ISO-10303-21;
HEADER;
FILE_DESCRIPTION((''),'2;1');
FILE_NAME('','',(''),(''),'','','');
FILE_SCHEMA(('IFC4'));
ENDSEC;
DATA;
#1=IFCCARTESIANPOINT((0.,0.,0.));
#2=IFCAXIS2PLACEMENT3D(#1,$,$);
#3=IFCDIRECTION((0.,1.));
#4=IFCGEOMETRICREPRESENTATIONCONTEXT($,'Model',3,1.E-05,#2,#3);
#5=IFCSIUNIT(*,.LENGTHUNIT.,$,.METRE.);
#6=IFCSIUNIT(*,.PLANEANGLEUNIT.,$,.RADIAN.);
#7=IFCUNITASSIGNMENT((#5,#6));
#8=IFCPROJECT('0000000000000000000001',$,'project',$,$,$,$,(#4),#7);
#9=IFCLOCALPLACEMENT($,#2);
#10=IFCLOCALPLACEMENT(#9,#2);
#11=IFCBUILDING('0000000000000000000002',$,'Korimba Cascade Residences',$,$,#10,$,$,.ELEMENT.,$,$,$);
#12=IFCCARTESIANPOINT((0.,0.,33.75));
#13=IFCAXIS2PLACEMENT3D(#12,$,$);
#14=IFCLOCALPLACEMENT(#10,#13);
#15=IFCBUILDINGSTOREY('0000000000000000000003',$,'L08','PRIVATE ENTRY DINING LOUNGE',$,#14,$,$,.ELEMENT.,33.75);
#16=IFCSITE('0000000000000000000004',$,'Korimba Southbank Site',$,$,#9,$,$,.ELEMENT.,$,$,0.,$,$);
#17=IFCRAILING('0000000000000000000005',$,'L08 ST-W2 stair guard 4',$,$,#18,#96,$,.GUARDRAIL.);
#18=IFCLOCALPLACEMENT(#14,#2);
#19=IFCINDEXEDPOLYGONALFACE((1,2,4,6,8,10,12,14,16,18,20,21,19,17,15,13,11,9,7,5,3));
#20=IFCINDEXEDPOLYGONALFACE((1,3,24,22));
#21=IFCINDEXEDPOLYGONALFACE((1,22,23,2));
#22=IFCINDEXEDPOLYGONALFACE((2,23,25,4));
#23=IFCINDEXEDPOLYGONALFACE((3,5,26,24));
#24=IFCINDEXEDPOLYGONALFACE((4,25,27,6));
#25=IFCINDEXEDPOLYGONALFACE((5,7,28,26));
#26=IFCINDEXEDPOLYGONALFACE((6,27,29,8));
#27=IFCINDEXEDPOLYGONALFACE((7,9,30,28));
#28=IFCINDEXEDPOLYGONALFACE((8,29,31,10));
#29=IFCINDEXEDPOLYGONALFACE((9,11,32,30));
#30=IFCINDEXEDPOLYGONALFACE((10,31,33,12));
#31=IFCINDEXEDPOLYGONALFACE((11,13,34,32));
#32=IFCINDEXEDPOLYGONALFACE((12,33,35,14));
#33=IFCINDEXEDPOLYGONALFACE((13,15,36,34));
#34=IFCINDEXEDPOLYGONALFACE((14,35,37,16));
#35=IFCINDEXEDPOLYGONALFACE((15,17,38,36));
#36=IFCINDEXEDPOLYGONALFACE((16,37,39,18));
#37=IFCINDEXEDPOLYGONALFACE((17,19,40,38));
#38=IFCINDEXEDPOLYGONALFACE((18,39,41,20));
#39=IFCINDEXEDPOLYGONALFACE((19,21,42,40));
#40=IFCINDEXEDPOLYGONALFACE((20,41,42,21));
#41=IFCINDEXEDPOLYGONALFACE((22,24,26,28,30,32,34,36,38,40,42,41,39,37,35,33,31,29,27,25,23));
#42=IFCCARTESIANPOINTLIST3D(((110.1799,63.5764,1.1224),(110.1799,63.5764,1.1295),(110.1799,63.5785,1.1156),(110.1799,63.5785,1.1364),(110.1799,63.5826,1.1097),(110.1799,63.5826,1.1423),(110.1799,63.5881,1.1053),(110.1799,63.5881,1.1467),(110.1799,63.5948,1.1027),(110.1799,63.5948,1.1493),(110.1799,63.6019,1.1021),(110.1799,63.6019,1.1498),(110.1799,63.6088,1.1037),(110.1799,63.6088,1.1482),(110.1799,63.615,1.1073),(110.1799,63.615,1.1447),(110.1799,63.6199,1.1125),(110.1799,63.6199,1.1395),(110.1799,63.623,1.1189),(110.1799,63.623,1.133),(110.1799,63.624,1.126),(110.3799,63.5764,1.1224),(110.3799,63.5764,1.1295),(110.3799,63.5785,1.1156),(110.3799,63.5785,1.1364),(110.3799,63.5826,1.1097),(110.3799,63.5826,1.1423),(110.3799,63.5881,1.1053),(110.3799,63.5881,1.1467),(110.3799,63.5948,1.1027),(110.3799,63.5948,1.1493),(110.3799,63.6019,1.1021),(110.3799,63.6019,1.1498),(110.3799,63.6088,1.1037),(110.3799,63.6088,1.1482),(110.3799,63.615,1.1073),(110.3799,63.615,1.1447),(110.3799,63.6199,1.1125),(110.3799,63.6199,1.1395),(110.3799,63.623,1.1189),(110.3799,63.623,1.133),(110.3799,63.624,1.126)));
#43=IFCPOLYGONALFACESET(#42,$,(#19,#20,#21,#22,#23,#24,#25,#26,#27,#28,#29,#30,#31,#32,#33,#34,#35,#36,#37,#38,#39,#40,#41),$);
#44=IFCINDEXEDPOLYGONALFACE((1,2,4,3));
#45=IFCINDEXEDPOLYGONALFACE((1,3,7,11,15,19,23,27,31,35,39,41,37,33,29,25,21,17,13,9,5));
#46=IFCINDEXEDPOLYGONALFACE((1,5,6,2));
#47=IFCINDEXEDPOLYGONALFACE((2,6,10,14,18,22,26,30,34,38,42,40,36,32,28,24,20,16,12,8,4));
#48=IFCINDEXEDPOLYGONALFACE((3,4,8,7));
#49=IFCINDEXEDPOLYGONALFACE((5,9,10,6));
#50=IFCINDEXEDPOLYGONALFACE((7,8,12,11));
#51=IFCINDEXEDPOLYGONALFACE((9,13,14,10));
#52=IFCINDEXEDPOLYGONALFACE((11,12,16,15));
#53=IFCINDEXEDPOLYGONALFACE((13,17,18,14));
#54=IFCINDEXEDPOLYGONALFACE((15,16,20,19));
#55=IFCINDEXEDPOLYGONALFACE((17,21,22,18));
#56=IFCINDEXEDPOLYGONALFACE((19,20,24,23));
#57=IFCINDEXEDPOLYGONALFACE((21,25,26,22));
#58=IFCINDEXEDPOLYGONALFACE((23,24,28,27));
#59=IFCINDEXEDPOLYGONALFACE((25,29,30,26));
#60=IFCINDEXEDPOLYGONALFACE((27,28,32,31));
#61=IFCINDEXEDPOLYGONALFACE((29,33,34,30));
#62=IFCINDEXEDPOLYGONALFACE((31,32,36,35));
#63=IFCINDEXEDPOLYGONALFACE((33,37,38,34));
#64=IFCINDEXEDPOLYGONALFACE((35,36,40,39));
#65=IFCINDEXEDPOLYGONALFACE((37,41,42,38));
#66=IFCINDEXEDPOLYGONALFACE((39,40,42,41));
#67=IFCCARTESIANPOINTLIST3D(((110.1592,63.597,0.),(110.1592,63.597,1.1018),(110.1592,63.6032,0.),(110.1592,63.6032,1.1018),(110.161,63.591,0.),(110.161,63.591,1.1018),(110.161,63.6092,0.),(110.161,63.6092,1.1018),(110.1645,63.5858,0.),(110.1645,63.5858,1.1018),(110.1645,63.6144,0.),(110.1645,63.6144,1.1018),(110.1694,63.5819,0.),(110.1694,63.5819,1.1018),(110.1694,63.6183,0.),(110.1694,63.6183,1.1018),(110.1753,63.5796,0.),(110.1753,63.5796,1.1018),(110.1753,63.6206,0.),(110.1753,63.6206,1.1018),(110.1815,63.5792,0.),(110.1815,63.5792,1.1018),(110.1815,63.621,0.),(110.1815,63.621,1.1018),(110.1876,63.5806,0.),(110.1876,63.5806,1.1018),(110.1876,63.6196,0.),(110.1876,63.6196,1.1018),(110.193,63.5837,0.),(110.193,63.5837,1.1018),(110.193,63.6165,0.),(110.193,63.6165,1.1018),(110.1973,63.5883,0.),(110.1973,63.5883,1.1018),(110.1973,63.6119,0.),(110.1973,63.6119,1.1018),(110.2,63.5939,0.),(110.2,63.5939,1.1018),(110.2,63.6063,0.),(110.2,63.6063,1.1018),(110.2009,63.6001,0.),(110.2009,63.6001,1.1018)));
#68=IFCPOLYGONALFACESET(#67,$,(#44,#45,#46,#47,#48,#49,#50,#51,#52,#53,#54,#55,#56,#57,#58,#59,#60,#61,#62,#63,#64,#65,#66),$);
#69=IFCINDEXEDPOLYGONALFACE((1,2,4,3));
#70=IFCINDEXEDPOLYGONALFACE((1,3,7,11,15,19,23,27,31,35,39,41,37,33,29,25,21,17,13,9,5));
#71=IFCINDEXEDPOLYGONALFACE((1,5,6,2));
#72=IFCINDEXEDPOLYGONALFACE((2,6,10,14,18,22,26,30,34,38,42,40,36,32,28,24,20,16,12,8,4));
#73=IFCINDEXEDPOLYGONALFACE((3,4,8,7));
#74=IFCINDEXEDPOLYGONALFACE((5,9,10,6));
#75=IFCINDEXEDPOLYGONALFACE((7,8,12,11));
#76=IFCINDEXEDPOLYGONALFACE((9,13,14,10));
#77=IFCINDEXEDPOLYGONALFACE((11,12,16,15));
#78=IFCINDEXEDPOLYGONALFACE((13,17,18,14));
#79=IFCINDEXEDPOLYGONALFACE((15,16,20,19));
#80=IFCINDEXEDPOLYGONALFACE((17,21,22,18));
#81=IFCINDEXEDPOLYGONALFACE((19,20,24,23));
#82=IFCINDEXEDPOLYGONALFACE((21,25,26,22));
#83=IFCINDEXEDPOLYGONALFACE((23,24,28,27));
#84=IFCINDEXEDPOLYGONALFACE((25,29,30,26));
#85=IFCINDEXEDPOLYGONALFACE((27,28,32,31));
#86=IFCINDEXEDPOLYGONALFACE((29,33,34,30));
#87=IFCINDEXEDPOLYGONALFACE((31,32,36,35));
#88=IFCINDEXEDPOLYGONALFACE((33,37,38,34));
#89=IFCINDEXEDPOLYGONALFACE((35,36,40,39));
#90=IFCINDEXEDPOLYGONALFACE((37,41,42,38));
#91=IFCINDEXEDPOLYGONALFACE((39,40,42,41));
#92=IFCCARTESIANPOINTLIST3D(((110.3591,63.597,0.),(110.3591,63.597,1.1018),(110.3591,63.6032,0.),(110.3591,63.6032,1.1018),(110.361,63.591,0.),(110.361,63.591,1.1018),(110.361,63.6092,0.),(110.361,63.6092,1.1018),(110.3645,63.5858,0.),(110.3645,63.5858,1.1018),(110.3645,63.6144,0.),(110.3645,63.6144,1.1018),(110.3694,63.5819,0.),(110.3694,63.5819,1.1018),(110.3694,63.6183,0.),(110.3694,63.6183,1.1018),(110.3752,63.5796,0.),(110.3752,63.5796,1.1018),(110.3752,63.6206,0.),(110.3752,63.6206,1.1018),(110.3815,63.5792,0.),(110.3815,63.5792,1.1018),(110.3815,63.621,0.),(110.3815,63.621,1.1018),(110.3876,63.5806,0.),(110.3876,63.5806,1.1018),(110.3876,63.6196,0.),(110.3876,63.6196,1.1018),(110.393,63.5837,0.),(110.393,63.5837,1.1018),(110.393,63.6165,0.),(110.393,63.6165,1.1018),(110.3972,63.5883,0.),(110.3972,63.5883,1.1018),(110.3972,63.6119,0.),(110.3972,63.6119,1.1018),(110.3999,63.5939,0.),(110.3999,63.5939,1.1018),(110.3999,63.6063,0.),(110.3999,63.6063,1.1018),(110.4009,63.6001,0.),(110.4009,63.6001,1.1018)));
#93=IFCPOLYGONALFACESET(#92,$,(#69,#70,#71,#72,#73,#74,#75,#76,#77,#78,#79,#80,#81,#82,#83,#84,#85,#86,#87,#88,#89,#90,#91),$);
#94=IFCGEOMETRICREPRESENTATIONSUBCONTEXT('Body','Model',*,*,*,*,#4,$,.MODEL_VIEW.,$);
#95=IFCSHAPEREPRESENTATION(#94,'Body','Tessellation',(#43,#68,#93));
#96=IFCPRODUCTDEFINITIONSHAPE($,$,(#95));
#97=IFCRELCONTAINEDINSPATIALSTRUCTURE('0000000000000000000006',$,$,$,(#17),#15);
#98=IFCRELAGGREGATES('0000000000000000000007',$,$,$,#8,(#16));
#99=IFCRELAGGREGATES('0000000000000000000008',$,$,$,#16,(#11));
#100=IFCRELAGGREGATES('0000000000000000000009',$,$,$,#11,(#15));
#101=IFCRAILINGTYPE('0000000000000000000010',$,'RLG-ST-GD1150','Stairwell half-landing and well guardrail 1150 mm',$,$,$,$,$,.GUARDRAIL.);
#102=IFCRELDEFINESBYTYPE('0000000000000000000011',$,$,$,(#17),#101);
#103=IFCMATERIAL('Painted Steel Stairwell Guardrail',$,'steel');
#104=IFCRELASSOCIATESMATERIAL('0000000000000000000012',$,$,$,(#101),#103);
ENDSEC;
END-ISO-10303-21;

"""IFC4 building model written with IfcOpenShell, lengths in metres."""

from ifc_helpers import new_model, si_unit, direction, frame, origin, origin_2d, place, context, subcontext, project, spatial, circle, extrude, material, type_object, element, save


model = new_model("IFC4")

# Units and contexts
model_context = context("Model", 3, precision=1e-05, world=origin(), true_north=direction((0.0, 1.0)))
body_context = subcontext(model_context, "Body", "Model", "MODEL_VIEW")
ifc_project = project(units=[si_unit("LENGTHUNIT", "METRE"), si_unit("PLANEANGLEUNIT", "RADIAN")], contexts=[model_context])

# Site, building, storey
site_placement = place(None, origin())
site = spatial("IfcSite", under=ifc_project, at=site_placement, Name="Korimba Southbank Site", CompositionType="ELEMENT", RefElevation=0.0)
building_placement = place(site_placement, origin())
building = spatial("IfcBuilding", under=site, at=building_placement, Name="Korimba Cascade Residences", CompositionType="ELEMENT")
storey_placement = place(building_placement, frame((0.0, 0.0, 33.75)))
storey = spatial("IfcBuildingStorey", under=building, at=storey_placement, Name="L08", Description="PRIVATE ENTRY DINING LOUNGE", CompositionType="ELEMENT", Elevation=33.75)

# Railing
ifc_material_1 = material(Name="Painted Steel Stairwell Guardrail", Category="steel")
railing_type_1 = type_object("IfcRailingType", Name="RLG-ST-GD1150", Description="Stairwell half-landing and well guardrail 1150 mm", PredefinedType="GUARDRAIL", material=ifc_material_1)
railing_1_placement = place(storey_placement, frame((110.1799, 63.6001, 0.0)))
element("IfcRailing", 1, at=railing_1_placement, inside=storey, type_object=railing_type_1, Name="L08 ST-W2 stair guard 4", PredefinedType="GUARDRAIL", context=body_context, shape_type="SweptSolid", body=[
    extrude(circle(Radius=0.0239, at=origin_2d()), frame((0.0, 0.0, 1.126), z_axis=(1.0, 0.0, 0.0), x_axis=(0.0, 1.0, 0.0)), (0.0, 0.0, 1.0), 0.2),
    extrude(circle(Radius=0.021, at=origin_2d()), origin(), (0.0, 0.0, 1.0), 1.1018),
    extrude(circle(Radius=0.021, at=origin_2d()), frame((0.2, 0.0, 0.0)), (0.0, 0.0, 1.0), 1.1018),
])

save(model, "model.ifc")
